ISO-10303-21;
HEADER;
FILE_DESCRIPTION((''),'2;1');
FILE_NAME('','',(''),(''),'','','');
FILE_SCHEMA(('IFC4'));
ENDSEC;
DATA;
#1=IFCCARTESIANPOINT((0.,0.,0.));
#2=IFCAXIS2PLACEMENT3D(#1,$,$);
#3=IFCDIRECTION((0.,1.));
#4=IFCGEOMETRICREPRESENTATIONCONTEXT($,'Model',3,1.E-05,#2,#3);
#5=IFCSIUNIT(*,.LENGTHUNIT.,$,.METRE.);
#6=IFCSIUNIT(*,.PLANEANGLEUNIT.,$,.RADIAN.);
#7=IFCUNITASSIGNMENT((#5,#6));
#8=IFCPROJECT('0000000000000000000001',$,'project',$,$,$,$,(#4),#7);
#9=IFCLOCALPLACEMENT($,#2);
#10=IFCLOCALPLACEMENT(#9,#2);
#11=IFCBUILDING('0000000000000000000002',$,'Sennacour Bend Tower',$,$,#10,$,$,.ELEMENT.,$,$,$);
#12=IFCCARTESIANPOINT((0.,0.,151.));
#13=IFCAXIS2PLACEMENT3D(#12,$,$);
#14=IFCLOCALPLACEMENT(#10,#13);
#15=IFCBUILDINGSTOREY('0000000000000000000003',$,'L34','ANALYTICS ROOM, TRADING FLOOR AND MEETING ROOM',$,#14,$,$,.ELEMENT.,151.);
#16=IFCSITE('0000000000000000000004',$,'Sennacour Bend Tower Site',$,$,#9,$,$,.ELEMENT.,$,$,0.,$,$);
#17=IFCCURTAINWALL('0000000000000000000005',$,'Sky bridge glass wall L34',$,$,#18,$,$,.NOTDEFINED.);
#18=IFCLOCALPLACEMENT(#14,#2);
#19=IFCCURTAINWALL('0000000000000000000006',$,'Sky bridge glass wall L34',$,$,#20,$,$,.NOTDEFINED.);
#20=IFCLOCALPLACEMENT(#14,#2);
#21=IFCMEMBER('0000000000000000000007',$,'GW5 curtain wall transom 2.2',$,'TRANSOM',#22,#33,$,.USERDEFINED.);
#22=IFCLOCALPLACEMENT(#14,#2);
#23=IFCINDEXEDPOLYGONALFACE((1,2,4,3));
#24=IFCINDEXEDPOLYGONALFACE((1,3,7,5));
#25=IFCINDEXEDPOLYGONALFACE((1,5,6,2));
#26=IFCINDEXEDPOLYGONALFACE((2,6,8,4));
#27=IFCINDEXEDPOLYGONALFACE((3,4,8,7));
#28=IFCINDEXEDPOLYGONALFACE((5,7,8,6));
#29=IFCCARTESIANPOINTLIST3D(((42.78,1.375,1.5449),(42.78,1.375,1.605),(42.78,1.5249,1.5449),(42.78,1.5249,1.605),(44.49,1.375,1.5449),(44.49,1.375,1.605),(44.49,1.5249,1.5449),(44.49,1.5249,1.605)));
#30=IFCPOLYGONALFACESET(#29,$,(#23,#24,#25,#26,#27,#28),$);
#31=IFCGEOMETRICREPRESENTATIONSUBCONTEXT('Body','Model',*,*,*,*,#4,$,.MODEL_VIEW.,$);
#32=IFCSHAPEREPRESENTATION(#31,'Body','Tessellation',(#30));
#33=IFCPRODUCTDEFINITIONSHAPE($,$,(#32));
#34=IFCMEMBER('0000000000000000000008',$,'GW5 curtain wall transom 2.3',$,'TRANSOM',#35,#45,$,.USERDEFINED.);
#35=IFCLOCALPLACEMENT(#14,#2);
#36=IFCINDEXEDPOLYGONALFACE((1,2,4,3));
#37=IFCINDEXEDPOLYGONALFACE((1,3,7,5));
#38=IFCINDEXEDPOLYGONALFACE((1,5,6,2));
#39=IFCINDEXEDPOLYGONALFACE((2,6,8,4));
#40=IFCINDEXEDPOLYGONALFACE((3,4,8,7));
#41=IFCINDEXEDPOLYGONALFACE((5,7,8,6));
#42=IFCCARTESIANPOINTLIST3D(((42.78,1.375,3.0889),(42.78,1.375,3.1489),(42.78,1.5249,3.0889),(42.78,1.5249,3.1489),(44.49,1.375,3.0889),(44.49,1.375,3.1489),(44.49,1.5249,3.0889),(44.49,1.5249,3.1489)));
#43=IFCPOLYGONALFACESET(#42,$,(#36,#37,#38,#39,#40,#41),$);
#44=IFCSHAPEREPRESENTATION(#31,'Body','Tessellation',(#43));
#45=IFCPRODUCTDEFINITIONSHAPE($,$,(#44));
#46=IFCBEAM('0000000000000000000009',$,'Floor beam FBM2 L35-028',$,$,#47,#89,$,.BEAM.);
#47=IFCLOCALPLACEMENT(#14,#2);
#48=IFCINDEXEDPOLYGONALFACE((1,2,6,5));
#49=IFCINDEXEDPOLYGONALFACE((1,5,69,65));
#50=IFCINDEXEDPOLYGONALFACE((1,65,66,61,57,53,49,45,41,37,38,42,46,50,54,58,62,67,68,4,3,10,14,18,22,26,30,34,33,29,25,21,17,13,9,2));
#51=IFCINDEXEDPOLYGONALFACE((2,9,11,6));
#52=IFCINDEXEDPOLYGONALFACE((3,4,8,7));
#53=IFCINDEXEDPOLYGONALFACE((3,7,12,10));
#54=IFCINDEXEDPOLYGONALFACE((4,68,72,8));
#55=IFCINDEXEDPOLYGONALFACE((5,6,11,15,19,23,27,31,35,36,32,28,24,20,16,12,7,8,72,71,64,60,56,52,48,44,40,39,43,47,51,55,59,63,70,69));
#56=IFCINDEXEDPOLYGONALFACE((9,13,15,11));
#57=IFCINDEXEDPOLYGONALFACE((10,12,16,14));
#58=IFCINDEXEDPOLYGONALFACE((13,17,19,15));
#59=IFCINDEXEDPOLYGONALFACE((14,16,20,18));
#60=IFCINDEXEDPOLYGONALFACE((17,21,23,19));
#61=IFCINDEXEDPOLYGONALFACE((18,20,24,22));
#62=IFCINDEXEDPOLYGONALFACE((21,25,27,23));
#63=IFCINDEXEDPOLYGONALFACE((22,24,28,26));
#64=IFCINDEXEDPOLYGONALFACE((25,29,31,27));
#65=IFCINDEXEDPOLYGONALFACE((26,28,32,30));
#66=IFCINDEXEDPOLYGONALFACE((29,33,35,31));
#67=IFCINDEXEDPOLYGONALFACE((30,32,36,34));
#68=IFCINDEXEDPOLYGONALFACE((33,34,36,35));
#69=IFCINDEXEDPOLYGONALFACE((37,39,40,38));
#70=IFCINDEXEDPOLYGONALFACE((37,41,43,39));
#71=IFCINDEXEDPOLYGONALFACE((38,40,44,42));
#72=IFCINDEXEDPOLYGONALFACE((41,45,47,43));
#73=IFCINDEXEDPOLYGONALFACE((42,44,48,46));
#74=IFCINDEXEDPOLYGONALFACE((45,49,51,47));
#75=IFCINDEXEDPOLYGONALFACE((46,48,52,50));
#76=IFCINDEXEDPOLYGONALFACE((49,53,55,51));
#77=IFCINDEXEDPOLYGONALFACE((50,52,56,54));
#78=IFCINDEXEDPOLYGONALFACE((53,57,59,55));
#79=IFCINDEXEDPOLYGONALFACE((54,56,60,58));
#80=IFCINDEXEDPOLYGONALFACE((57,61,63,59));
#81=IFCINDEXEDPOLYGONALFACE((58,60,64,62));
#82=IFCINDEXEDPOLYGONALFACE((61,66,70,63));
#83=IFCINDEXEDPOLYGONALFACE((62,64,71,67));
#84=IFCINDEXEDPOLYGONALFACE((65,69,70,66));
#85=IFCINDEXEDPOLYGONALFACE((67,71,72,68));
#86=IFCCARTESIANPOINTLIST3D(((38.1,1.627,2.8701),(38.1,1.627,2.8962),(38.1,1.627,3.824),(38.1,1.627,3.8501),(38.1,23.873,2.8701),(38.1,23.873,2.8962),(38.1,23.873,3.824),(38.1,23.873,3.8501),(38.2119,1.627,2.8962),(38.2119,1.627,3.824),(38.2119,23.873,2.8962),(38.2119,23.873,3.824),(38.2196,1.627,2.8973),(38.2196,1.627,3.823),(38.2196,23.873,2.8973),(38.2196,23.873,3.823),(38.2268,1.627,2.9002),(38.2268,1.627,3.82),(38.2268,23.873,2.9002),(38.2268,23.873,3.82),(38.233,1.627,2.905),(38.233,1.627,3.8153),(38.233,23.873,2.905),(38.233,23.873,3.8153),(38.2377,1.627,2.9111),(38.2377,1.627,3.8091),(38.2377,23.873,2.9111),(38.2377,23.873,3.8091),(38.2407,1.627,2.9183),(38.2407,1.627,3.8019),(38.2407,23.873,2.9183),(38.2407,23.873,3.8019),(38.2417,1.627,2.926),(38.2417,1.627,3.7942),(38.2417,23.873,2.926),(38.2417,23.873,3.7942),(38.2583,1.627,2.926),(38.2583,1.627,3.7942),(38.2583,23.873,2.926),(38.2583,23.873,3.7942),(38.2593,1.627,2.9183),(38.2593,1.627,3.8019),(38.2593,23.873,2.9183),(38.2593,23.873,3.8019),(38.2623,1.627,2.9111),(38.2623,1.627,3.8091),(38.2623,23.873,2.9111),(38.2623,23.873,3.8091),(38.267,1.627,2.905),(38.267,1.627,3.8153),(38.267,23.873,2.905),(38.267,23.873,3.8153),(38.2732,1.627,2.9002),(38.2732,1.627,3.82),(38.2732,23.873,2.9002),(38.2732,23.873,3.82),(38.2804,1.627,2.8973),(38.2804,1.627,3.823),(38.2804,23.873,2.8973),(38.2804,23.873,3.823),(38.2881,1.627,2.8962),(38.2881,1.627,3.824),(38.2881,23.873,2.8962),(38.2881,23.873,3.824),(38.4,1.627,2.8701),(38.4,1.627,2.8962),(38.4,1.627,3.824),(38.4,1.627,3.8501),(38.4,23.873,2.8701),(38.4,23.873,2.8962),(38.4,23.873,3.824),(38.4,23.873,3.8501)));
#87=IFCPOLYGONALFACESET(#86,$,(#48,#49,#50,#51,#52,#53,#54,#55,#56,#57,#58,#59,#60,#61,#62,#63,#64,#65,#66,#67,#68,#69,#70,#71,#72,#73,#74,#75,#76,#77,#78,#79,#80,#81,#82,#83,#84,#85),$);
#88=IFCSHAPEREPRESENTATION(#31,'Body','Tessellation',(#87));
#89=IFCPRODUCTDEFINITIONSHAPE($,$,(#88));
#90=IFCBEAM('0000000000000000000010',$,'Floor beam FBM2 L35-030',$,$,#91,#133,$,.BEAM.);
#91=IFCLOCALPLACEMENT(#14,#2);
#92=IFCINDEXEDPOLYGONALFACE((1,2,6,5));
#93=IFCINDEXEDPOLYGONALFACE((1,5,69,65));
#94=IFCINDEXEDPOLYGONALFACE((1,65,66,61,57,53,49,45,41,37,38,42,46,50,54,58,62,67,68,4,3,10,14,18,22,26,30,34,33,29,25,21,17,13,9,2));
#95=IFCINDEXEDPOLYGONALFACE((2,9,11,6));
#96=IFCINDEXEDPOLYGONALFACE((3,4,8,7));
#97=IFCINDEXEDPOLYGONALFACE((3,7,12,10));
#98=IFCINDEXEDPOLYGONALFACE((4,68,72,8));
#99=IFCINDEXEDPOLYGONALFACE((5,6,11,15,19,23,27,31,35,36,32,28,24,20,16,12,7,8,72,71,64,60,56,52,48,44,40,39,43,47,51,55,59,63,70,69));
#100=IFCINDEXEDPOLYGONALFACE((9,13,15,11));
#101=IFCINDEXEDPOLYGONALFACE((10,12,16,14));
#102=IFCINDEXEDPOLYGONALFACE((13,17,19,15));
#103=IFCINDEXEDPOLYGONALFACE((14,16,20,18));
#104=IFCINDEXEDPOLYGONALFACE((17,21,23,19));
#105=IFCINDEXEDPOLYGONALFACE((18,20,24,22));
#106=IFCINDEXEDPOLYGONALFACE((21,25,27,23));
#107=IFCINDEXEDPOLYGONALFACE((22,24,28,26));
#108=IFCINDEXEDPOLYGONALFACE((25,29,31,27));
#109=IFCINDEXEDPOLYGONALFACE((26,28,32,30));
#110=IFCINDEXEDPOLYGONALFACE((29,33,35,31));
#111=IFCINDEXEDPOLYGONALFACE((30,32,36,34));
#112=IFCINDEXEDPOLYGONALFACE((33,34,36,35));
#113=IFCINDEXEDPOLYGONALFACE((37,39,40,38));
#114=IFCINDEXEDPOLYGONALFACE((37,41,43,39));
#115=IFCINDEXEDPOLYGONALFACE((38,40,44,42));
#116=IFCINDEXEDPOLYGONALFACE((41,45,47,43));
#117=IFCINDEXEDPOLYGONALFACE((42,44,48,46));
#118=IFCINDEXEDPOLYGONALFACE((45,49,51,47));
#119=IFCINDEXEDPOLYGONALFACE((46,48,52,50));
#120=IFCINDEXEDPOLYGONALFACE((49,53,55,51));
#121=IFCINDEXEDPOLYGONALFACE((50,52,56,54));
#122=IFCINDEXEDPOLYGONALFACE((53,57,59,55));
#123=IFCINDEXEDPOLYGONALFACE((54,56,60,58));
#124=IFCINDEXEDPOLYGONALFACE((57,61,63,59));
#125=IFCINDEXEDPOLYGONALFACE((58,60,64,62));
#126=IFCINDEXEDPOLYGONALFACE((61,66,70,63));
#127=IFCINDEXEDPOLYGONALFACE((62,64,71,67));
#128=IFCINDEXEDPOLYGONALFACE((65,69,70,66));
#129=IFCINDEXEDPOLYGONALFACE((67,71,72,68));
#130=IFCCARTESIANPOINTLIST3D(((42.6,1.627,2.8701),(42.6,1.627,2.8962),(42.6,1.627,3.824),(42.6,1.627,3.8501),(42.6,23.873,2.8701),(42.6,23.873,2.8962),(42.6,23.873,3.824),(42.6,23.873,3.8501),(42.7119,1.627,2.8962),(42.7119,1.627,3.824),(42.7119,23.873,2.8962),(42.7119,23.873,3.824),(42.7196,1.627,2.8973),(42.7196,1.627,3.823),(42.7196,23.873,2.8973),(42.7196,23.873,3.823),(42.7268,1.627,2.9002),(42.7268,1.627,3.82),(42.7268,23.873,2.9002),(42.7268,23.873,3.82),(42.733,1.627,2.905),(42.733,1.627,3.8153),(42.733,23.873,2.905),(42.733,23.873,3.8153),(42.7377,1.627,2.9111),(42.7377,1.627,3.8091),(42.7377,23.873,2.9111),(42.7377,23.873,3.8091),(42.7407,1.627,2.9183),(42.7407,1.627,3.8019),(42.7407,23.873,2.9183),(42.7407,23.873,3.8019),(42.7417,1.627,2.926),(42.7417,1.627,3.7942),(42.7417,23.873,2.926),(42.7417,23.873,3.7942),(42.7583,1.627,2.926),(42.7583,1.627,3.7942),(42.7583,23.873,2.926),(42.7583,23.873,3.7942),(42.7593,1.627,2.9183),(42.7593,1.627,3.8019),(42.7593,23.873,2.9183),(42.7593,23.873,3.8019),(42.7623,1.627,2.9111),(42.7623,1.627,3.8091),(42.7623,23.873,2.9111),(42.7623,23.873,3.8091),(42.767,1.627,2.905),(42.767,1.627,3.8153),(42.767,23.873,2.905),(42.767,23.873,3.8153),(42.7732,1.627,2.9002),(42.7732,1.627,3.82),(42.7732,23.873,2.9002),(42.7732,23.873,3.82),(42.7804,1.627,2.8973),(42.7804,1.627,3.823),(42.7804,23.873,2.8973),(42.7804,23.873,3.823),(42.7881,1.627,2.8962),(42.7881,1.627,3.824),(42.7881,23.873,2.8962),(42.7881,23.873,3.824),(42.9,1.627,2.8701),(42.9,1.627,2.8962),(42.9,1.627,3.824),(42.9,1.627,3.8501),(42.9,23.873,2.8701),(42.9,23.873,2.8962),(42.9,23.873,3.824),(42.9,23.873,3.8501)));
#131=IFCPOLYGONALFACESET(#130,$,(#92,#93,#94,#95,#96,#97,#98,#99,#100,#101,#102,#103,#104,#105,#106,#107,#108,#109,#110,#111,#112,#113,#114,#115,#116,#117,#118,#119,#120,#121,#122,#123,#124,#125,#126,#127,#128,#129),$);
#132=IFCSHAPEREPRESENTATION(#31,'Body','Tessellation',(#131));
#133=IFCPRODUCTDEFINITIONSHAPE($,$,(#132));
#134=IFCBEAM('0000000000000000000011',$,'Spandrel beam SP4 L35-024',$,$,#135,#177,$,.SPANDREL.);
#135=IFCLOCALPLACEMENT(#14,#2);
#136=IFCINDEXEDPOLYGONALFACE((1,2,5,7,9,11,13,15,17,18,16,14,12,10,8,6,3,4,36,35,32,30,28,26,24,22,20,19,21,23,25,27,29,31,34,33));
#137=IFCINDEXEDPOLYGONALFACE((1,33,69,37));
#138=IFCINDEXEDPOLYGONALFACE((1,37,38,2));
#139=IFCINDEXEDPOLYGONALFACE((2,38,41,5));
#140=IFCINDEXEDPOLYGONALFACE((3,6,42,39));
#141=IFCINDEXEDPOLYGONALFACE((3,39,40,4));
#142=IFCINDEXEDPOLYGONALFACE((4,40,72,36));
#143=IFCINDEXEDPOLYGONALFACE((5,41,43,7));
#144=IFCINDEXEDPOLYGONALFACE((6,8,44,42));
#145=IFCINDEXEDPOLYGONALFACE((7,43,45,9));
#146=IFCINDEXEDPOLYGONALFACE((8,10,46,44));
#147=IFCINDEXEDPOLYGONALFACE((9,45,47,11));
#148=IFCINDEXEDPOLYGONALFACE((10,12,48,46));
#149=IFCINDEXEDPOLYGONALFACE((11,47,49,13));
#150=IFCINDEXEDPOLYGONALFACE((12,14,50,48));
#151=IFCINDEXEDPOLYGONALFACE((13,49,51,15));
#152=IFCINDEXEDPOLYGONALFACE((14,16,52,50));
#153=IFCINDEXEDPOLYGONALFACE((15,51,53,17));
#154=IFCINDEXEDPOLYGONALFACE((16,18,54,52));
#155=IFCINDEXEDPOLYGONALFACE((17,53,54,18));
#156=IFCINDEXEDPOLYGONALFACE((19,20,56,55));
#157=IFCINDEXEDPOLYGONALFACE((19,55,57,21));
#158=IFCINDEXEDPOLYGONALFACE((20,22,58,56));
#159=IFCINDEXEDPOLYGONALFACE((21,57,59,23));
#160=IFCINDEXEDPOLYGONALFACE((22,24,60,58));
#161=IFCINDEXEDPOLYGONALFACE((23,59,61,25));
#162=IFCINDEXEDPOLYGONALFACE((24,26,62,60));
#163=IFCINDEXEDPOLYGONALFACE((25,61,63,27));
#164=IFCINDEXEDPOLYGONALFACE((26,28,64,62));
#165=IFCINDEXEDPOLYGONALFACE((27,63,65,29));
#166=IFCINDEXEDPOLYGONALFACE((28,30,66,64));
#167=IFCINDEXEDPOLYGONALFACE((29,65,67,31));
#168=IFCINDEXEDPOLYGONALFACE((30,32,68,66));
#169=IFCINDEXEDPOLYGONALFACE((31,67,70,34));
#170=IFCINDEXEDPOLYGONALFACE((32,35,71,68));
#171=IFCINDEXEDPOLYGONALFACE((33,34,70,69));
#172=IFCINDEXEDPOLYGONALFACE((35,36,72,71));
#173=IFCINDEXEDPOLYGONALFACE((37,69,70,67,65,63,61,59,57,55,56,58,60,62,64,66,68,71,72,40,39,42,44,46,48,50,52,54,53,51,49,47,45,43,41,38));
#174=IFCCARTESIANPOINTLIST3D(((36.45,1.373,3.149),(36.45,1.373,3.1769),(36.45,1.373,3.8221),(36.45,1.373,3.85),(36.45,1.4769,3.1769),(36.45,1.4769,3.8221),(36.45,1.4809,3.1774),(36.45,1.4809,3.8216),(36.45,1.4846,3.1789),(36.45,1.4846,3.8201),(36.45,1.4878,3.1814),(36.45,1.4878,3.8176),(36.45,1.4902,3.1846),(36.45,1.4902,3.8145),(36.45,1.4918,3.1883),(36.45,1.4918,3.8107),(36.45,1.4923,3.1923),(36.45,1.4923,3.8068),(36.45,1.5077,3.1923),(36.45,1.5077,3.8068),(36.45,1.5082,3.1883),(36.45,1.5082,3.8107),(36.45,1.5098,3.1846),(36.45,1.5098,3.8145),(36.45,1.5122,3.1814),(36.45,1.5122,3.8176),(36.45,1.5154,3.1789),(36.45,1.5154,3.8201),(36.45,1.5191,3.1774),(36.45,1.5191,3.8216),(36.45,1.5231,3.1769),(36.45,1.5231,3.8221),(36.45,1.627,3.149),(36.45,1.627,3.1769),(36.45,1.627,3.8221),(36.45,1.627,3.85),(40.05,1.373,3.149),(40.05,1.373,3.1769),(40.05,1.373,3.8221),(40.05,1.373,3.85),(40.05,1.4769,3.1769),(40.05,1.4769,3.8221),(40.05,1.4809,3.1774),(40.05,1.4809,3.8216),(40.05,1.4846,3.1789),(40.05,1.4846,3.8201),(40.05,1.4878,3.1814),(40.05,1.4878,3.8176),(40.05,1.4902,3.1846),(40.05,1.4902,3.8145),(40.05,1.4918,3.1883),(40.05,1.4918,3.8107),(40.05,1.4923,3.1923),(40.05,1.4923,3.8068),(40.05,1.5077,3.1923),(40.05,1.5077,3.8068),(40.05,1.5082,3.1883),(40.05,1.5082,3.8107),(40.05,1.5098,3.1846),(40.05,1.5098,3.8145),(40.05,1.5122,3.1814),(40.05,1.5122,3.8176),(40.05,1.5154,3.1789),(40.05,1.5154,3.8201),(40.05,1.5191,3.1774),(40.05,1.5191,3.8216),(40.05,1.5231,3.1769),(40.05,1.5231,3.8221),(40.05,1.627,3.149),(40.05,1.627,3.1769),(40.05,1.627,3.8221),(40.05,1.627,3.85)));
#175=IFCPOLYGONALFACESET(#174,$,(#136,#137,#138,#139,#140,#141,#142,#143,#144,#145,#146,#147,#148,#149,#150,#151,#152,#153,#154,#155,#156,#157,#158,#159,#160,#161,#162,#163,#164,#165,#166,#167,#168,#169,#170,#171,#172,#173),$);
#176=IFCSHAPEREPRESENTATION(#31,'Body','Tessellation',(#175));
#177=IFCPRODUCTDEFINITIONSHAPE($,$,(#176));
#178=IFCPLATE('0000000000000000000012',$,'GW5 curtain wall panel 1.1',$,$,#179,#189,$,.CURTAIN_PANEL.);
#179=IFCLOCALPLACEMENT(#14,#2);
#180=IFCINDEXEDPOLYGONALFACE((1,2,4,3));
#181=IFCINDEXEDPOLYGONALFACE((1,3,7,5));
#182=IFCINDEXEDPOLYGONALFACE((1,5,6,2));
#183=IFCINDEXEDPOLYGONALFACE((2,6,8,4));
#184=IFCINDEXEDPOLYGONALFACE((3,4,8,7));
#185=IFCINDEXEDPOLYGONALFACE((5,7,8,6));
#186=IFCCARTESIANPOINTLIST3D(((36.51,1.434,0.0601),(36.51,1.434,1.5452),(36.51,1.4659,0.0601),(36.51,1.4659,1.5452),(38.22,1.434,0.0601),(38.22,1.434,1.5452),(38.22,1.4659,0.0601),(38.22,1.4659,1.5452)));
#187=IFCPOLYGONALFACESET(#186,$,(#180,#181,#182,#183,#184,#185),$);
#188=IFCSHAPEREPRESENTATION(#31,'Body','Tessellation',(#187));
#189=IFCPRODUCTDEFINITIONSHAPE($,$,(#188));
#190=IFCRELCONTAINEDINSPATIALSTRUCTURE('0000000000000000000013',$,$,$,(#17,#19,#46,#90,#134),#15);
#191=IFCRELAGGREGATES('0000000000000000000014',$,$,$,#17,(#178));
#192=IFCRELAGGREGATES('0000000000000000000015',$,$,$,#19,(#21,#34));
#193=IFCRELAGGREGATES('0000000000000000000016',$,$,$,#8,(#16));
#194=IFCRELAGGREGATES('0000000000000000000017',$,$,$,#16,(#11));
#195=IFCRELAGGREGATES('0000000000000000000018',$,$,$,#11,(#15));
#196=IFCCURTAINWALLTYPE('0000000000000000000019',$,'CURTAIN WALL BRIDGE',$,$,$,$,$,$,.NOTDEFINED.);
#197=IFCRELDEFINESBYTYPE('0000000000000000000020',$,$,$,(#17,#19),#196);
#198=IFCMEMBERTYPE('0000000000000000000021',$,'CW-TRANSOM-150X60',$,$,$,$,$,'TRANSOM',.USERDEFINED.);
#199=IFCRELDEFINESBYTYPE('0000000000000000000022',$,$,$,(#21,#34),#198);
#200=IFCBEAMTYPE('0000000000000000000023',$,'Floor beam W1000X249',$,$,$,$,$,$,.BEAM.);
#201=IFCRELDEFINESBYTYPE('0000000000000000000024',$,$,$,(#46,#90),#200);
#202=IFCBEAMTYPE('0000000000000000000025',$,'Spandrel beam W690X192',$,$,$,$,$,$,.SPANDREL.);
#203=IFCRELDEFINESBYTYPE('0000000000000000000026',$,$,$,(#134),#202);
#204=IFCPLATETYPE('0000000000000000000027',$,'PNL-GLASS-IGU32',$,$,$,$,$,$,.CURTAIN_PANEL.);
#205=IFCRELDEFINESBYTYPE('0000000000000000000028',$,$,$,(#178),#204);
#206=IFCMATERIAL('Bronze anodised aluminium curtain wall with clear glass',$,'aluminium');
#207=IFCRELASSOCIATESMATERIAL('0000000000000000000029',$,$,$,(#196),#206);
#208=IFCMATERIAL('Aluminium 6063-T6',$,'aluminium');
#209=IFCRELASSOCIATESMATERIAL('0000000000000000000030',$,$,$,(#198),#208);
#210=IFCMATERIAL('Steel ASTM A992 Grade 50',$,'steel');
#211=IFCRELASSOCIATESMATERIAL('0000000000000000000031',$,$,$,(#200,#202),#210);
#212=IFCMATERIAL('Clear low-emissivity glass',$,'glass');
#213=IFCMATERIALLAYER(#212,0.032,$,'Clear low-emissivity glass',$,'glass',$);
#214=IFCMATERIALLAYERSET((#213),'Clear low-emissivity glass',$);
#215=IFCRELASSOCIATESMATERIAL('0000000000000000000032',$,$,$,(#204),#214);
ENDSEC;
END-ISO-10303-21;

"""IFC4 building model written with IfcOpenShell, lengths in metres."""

from ifc_helpers import new_model, si_unit, direction, frame, origin, origin_2d, place, context, subcontext, project, spatial, rectangle, i_section, extrude, material, layer, layer_set, material_profile, profile_set, type_object, element, aggregate, save


model = new_model("IFC4")

# Units and contexts
model_context = context("Model", 3, precision=1e-05, world=origin(), true_north=direction((0.0, 1.0)))
body_context = subcontext(model_context, "Body", "Model", "MODEL_VIEW")
ifc_project = project(units=[si_unit("LENGTHUNIT", "METRE"), si_unit("PLANEANGLEUNIT", "RADIAN")], contexts=[model_context])

# Site, building, storey
site_placement = place(None, origin())
site = spatial("IfcSite", under=ifc_project, at=site_placement, Name="Sennacour Bend Tower Site", CompositionType="ELEMENT", RefElevation=0.0)
building_placement = place(site_placement, origin())
building = spatial("IfcBuilding", under=site, at=building_placement, Name="Sennacour Bend Tower", CompositionType="ELEMENT")
storey_placement = place(building_placement, frame((0.0, 0.0, 151.0)))
storey = spatial("IfcBuildingStorey", under=building, at=storey_placement, Name="L34", Description="ANALYTICS ROOM, TRADING FLOOR AND MEETING ROOM", CompositionType="ELEMENT", Elevation=151.0)

# Curtain walls
ifc_material_1 = material(Name="Bronze anodised aluminium curtain wall with clear glass", Category="aluminium")
curtain_wall_type = type_object("IfcCurtainWallType", Name="CURTAIN WALL BRIDGE", PredefinedType="NOTDEFINED", material=ifc_material_1)
curtain_wall_1_placement = place(storey_placement, origin())
curtain_wall_1 = element("IfcCurtainWall", 1, at=curtain_wall_1_placement, inside=storey, type_object=curtain_wall_type, Name="Sky bridge glass wall L34", PredefinedType="NOTDEFINED")
ifc_material_2 = material(Name="Aluminium 6063-T6", Category="aluminium")
curtain_wall_2_placement = place(storey_placement, origin())
curtain_wall_2 = element("IfcCurtainWall", 2, at=curtain_wall_2_placement, inside=storey, type_object=curtain_wall_type, Name="Sky bridge glass wall L34", PredefinedType="NOTDEFINED")

# Members
ifc_material_profile_1 = material_profile(ifc_material_2, rectangle(XDim=0.1499, YDim=0.0601, at=origin_2d()), Name="Aluminium 6063-T6", Category="aluminium")
ifc_profile_set_1 = profile_set([ifc_material_profile_1], Name="Aluminium 6063-T6")
member_type_1 = type_object("IfcMemberType", Name="CW-TRANSOM-150X60", ElementType="TRANSOM", PredefinedType="USERDEFINED", material=ifc_profile_set_1)
member_1_placement = place(storey_placement, frame((42.78, 1.45, 1.575), z_axis=(1.0, 0.0, 0.0), x_axis=(0.0, 1.0, 0.0)))
member_1 = element("IfcMember", 3, at=member_1_placement, type_object=member_type_1, Name="GW5 curtain wall transom 2.2", ObjectType="TRANSOM", PredefinedType="USERDEFINED", context=body_context, shape_type="SweptSolid", body=[
    extrude(rectangle(XDim=0.1499, YDim=0.0601, at=origin_2d()), origin(), (0.0, 0.0, 1.0), 1.71),
])
member_2_placement = place(storey_placement, frame((42.78, 1.45, 3.1189), z_axis=(1.0, 0.0, 0.0), x_axis=(0.0, 1.0, 0.0)))
member_2 = element("IfcMember", 4, at=member_2_placement, type_object=member_type_1, Name="GW5 curtain wall transom 2.3", ObjectType="TRANSOM", PredefinedType="USERDEFINED", context=body_context, shape_type="SweptSolid", body=[
    extrude(rectangle(XDim=0.1499, YDim=0.0601, at=origin_2d()), origin(), (0.0, 0.0, 1.0), 1.71),
])

# Beams
ifc_material_3 = material(Name="Steel ASTM A992 Grade 50", Category="steel")
ifc_material_profile_2 = material_profile(ifc_material_3, i_section(OverallWidth=0.3, OverallDepth=0.98, WebThickness=0.0166, FlangeThickness=0.0261, FilletRadius=0.0298, at=origin_2d()), Name="Steel ASTM A992 Grade 50", Category="steel")
ifc_profile_set_2 = profile_set([ifc_material_profile_2], Name="Steel ASTM A992 Grade 50")
beam_type_1 = type_object("IfcBeamType", Name="Floor beam W1000X249", PredefinedType="BEAM", material=ifc_profile_set_2)
for number, where, z_axis, x_axis, name in (
    (5, (38.25, 1.627, 3.3601), (0.0, 1.0, 0.0), (-1.0, 0.0, 0.0), "Floor beam FBM2 L35-028"),
    (6, (42.75, 1.627, 3.3601), (0.0, 1.0, 0.0), (-1.0, 0.0, 0.0), "Floor beam FBM2 L35-030"),
):
    element("IfcBeam", number, at=place(storey_placement, frame(where, z_axis=z_axis, x_axis=x_axis)), inside=storey, type_object=beam_type_1, Name=name, PredefinedType="BEAM", context=body_context, shape_type="SweptSolid", body=[
        extrude(i_section(OverallWidth=0.3, OverallDepth=0.98, WebThickness=0.0166, FlangeThickness=0.0261, FilletRadius=0.0298, at=origin_2d()), origin(), (0.0, 0.0, 1.0), 22.2461),
    ])
ifc_material_profile_3 = material_profile(ifc_material_3, i_section(OverallWidth=0.2539, OverallDepth=0.7009, WebThickness=0.0154, FlangeThickness=0.0278, FilletRadius=0.0154, at=origin_2d()), Name="Steel ASTM A992 Grade 50", Category="steel")
ifc_profile_set_3 = profile_set([ifc_material_profile_3], Name="Steel ASTM A992 Grade 50")
beam_type_2 = type_object("IfcBeamType", Name="Spandrel beam W690X192", PredefinedType="SPANDREL", material=ifc_profile_set_3)
beam_placement = place(storey_placement, frame((40.05, 1.5, 3.4995), z_axis=(-1.0, 0.0, 0.0), x_axis=(0.0, -1.0, 0.0)))
element("IfcBeam", 7, at=beam_placement, inside=storey, type_object=beam_type_2, Name="Spandrel beam SP4 L35-024", PredefinedType="SPANDREL", context=body_context, shape_type="SweptSolid", body=[
    extrude(i_section(OverallWidth=0.2539, OverallDepth=0.7009, WebThickness=0.0154, FlangeThickness=0.0278, FilletRadius=0.0154, at=origin_2d()), origin(), (0.0, 0.0, 1.0), 3.6001),
])

# Plate
ifc_material_4 = material(Name="Clear low-emissivity glass", Category="glass")
ifc_layer = layer(ifc_material_4, 0.032, Name="Clear low-emissivity glass", Category="glass")
ifc_layer_set = layer_set([ifc_layer], Name="Clear low-emissivity glass")
plate_type = type_object("IfcPlateType", Name="PNL-GLASS-IGU32", PredefinedType="CURTAIN_PANEL", material=ifc_layer_set)
plate_1_placement = place(storey_placement, frame((37.365, 1.45, 0.0601), z_axis=(0.0, 0.0, 1.0), x_axis=(1.0, 0.0, 0.0)))
plate_1 = element("IfcPlate", 8, at=plate_1_placement, type_object=plate_type, Name="GW5 curtain wall panel 1.1", PredefinedType="CURTAIN_PANEL", context=body_context, shape_type="SweptSolid", body=[
    extrude(rectangle(XDim=1.71, YDim=0.032, at=origin_2d()), origin(), (0.0, 0.0, 1.0), 1.4851),
])
aggregate(curtain_wall_1, [plate_1])
aggregate(curtain_wall_2, [member_1, member_2])

save(model, "model.ifc")
